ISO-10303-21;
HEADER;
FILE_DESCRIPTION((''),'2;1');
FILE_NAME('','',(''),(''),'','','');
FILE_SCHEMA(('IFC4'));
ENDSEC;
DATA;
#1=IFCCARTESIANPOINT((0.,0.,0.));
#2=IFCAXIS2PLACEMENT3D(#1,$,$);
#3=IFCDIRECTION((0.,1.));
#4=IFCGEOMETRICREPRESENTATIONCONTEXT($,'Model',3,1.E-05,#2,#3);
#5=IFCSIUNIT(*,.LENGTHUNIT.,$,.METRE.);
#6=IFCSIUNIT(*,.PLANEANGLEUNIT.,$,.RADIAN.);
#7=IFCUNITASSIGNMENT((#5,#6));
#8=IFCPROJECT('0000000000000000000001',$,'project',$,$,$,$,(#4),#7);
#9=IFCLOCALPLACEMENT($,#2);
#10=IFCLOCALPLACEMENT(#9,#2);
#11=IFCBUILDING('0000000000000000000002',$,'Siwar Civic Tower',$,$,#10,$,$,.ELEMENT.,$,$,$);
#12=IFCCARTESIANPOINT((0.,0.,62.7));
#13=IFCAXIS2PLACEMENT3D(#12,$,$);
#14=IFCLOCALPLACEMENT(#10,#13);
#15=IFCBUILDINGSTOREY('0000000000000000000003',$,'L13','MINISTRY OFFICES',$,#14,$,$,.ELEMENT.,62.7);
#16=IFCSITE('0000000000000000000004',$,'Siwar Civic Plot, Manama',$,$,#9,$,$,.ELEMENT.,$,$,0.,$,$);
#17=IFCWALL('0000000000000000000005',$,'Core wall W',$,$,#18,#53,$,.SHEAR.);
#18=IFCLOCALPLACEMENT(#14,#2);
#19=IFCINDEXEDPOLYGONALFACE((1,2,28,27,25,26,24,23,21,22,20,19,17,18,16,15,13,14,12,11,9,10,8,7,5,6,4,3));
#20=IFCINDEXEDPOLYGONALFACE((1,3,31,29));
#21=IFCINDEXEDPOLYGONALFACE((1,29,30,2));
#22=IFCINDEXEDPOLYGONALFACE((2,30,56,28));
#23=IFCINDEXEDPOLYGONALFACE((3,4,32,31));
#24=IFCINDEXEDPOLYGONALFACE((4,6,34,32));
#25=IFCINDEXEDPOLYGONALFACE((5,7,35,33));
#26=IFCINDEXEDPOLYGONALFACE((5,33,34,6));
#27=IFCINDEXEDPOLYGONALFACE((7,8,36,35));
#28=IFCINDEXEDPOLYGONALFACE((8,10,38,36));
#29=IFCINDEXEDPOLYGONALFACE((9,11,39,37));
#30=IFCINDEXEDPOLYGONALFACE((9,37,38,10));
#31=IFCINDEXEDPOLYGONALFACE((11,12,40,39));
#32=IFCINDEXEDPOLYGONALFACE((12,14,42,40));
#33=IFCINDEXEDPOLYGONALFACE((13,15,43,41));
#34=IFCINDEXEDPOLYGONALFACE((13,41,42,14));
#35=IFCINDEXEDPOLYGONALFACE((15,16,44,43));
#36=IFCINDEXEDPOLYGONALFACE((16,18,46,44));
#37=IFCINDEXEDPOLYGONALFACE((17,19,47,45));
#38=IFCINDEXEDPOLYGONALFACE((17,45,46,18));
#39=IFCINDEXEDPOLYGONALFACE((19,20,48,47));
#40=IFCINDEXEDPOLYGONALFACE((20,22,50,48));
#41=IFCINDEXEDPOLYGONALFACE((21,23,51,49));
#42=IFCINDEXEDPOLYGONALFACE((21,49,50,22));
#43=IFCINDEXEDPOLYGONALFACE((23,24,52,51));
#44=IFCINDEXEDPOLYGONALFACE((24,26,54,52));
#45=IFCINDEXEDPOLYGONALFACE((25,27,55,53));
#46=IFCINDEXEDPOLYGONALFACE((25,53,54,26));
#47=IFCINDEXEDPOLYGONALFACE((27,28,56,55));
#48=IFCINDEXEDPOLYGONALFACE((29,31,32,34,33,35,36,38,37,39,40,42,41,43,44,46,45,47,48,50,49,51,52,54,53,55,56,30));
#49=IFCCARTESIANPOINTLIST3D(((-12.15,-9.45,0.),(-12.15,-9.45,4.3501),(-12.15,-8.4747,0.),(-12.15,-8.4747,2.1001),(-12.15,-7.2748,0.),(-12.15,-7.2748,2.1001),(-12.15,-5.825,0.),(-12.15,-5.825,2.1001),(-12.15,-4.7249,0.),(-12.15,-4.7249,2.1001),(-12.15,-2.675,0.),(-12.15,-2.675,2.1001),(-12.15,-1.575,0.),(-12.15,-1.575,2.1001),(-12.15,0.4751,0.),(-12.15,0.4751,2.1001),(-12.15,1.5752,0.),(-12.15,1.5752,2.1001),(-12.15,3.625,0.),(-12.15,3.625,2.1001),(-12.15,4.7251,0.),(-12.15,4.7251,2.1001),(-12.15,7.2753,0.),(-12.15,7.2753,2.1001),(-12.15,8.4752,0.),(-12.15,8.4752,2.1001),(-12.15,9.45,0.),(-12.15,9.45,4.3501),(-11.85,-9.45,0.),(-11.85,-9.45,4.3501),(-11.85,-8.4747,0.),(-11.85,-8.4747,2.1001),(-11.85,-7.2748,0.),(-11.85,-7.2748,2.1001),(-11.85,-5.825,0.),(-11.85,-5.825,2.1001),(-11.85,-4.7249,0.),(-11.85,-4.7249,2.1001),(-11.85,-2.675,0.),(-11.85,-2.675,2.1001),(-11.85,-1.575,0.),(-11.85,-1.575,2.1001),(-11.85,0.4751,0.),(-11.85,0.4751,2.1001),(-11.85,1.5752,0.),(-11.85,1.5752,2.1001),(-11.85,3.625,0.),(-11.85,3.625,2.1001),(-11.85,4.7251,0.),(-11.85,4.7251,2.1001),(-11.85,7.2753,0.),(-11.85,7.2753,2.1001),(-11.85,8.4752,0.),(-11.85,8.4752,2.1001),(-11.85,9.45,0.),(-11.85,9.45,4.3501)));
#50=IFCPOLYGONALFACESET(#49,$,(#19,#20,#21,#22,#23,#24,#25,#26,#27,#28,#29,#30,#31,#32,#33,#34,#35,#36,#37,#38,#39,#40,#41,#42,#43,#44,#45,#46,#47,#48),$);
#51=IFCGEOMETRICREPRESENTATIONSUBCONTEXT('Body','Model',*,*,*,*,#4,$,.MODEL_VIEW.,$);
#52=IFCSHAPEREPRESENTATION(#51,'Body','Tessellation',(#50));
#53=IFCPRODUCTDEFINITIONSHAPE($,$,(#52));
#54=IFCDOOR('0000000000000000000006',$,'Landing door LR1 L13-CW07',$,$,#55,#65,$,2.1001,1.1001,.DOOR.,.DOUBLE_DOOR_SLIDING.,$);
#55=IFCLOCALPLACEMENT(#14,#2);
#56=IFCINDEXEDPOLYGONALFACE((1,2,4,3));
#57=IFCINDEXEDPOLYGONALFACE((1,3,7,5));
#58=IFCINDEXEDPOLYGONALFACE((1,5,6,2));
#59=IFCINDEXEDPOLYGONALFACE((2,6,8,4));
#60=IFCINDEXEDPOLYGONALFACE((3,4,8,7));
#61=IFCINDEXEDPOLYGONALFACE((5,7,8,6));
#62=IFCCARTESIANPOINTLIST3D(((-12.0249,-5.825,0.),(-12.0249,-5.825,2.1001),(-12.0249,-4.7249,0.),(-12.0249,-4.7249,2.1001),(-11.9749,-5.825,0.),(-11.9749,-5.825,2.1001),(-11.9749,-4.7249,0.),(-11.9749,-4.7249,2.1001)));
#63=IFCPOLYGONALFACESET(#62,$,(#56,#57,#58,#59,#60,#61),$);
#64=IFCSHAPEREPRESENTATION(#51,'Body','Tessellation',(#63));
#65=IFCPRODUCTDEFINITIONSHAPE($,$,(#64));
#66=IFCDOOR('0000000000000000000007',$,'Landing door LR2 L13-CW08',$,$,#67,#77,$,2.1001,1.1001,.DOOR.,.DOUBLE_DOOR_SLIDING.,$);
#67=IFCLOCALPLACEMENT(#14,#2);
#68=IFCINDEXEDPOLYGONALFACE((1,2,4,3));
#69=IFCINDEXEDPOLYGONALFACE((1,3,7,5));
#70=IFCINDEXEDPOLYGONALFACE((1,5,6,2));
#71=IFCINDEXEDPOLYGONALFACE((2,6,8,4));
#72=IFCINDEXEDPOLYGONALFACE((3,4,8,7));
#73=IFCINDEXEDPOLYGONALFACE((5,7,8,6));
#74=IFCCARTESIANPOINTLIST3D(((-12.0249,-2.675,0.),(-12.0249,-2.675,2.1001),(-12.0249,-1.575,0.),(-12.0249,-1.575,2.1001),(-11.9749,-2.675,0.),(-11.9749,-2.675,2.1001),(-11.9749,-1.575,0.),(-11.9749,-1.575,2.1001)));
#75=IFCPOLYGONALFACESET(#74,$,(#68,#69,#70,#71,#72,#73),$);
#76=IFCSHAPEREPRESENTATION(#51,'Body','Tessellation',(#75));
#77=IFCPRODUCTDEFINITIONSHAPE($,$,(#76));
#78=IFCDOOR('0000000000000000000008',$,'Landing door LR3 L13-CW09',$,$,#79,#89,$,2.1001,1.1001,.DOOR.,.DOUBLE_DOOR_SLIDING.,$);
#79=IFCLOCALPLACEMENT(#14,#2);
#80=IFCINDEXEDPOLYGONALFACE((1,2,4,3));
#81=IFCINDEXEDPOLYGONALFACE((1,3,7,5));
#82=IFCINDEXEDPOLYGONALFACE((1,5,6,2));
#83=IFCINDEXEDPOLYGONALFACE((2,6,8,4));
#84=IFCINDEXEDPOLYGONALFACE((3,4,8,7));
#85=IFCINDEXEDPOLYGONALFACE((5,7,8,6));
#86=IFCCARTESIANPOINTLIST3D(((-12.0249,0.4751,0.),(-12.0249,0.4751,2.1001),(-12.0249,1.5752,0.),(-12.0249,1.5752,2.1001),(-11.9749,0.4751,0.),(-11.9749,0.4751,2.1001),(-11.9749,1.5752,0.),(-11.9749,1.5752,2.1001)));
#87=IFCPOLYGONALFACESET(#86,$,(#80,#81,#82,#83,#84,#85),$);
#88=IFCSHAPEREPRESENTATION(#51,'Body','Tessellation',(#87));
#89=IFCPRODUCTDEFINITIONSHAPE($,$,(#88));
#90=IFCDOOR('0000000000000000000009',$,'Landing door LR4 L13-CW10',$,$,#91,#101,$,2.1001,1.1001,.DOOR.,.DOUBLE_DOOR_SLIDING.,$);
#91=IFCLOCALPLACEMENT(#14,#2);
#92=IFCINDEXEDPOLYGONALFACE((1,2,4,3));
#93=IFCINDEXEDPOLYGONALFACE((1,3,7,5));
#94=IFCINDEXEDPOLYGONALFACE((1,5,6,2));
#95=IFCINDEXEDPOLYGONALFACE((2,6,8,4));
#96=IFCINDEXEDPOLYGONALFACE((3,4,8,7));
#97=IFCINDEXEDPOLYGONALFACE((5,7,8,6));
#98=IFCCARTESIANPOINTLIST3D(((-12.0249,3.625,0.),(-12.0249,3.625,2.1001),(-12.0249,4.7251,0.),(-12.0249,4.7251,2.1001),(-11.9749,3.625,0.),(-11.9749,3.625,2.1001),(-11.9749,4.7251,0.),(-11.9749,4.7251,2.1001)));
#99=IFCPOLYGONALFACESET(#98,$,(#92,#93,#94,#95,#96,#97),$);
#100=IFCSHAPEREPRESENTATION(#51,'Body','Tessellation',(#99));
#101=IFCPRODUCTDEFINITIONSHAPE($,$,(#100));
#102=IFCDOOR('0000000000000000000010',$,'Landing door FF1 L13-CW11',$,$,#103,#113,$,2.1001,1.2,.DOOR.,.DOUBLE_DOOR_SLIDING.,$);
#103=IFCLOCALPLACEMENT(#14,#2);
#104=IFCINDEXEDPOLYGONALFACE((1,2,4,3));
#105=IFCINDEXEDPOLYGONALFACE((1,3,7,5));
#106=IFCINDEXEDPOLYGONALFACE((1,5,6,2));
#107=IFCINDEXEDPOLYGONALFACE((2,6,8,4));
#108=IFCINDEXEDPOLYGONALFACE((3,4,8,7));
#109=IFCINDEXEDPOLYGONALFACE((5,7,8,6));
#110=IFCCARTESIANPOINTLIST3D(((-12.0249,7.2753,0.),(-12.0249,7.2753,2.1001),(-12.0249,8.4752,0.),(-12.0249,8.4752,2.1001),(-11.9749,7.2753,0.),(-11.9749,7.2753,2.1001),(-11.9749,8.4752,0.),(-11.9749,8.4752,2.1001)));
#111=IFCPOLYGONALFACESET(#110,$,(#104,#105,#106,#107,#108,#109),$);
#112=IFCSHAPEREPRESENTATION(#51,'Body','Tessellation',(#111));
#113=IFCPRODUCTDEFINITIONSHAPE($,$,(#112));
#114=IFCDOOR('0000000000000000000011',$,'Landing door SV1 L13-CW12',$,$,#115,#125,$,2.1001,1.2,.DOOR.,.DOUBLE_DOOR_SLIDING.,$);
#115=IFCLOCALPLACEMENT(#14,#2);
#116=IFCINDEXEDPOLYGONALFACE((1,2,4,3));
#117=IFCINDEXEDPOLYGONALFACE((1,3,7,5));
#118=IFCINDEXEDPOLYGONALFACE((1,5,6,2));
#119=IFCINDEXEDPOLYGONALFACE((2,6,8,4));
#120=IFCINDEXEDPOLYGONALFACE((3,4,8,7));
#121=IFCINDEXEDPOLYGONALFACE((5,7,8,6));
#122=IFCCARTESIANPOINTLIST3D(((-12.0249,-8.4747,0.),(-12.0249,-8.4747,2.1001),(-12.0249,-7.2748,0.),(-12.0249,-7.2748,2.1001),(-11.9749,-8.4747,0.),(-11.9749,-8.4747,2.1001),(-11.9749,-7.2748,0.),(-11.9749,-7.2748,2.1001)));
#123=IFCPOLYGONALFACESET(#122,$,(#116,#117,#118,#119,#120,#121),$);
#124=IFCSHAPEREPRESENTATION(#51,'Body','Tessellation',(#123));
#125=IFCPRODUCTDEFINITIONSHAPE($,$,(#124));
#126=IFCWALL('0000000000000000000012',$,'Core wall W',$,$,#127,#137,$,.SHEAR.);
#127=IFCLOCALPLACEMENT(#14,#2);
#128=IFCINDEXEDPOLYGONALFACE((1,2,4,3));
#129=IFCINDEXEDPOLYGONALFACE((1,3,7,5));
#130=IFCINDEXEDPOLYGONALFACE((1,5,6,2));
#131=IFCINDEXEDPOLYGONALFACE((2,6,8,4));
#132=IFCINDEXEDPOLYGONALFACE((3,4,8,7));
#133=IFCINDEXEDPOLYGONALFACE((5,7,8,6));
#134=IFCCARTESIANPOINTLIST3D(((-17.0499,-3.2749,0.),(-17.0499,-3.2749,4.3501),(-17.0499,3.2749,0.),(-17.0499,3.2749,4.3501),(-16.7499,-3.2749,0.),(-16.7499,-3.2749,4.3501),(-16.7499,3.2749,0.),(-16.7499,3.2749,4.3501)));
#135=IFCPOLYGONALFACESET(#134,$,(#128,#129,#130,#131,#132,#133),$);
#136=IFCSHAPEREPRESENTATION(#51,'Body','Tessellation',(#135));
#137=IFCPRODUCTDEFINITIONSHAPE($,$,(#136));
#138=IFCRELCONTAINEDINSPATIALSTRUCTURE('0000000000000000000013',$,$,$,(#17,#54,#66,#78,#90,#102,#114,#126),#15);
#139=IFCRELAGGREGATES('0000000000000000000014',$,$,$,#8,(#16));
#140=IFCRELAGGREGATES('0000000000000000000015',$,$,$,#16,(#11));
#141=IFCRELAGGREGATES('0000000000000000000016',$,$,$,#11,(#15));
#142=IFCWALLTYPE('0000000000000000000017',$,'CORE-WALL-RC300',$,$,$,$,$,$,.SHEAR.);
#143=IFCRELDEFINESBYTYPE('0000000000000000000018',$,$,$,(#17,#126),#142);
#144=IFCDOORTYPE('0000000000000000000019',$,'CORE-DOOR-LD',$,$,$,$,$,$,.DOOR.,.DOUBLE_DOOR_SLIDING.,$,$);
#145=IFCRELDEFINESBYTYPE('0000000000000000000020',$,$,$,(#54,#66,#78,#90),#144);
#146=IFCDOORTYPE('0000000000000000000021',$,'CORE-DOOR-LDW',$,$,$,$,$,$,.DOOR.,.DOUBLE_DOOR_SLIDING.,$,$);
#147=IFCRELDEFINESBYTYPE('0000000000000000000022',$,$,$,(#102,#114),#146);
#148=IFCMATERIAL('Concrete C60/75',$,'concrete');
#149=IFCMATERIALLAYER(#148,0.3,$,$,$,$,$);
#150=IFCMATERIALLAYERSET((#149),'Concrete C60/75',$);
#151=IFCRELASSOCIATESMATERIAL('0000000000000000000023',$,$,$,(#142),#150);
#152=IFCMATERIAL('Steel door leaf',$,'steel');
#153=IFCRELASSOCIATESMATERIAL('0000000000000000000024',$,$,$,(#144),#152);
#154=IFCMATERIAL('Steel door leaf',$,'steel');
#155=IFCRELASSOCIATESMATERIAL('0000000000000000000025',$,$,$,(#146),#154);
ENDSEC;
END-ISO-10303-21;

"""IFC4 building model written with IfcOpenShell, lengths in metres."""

from ifc_helpers import new_model, si_unit, direction, frame, frame_2d, origin, place, context, subcontext, project, spatial, rectangle, extrude, material, layer, layer_set, type_object, element, fill, save


model = new_model("IFC4")

# Units and contexts
model_context = context("Model", 3, precision=1e-05, world=origin(), true_north=direction((0.0, 1.0)))
body_context = subcontext(model_context, "Body", "Model", "MODEL_VIEW")
ifc_project = project(units=[si_unit("LENGTHUNIT", "METRE"), si_unit("PLANEANGLEUNIT", "RADIAN")], contexts=[model_context])

# Site, building, storey
site_placement = place(None, origin())
site = spatial("IfcSite", under=ifc_project, at=site_placement, Name="Siwar Civic Plot, Manama", CompositionType="ELEMENT", RefElevation=0.0)
building_placement = place(site_placement, origin())
building = spatial("IfcBuilding", under=site, at=building_placement, Name="Siwar Civic Tower", CompositionType="ELEMENT")
storey_placement = place(building_placement, frame((0.0, 0.0, 62.7)))
storey = spatial("IfcBuildingStorey", under=building, at=storey_placement, Name="L13", Description="MINISTRY OFFICES", CompositionType="ELEMENT", Elevation=62.7)

# Wall, openings, doors
ifc_material_1 = material(Name="Concrete C60/75", Category="concrete")
ifc_layer_1 = layer(ifc_material_1, 0.3)
ifc_layer_set_1 = layer_set([ifc_layer_1], Name="Concrete C60/75")
wall_type_1 = type_object("IfcWallType", Name="CORE-WALL-RC300", PredefinedType="SHEAR", material=ifc_layer_set_1)
wall_1_placement = place(storey_placement, frame((-12.0, -9.45, 0.0), z_axis=(0.0, 0.0, 1.0), x_axis=(0.0, 1.0, 0.0)))
wall_1 = element("IfcWall", 1, at=wall_1_placement, inside=storey, type_object=wall_type_1, Name="Core wall W", PredefinedType="SHEAR", context=body_context, shape_type="SweptSolid", body=[
    extrude(rectangle(XDim=18.8999, YDim=0.3, at=frame_2d((9.45, 0.0))), origin(), (0.0, 0.0, 1.0), 4.3501),
])
opening_1_placement = place(wall_1_placement, frame((3.625, 0.0, 0.0)))
opening_1 = element("IfcOpeningElement", 2, at=opening_1_placement, cuts=wall_1, PredefinedType="OPENING", context=body_context, shape_type="SweptSolid", body=[
    extrude(rectangle(XDim=1.1001, YDim=2.1001, at=frame_2d((0.55, 1.05))), frame((0.0, 0.1602, 0.0), z_axis=(0.0, -1.0, 0.0), x_axis=(1.0, 0.0, 0.0)), (0.0, 0.0, 1.0), 0.3201),
])
opening_2_placement = place(wall_1_placement, frame((6.7749, 0.0, 0.0)))
opening_2 = element("IfcOpeningElement", 3, at=opening_2_placement, cuts=wall_1, PredefinedType="OPENING", context=body_context, shape_type="SweptSolid", body=[
    extrude(rectangle(XDim=1.1001, YDim=2.1001, at=frame_2d((0.55, 1.05))), frame((0.0, 0.1602, 0.0), z_axis=(0.0, -1.0, 0.0), x_axis=(1.0, 0.0, 0.0)), (0.0, 0.0, 1.0), 0.3201),
])
opening_3_placement = place(wall_1_placement, frame((9.925, 0.0, 0.0)))
opening_3 = element("IfcOpeningElement", 4, at=opening_3_placement, cuts=wall_1, PredefinedType="OPENING", context=body_context, shape_type="SweptSolid", body=[
    extrude(rectangle(XDim=1.1001, YDim=2.1001, at=frame_2d((0.55, 1.05))), frame((0.0, 0.1602, 0.0), z_axis=(0.0, -1.0, 0.0), x_axis=(1.0, 0.0, 0.0)), (0.0, 0.0, 1.0), 0.3201),
])
opening_4_placement = place(wall_1_placement, frame((13.075, 0.0, 0.0)))
opening_4 = element("IfcOpeningElement", 5, at=opening_4_placement, cuts=wall_1, PredefinedType="OPENING", context=body_context, shape_type="SweptSolid", body=[
    extrude(rectangle(XDim=1.1001, YDim=2.1001, at=frame_2d((0.55, 1.05))), frame((0.0, 0.1602, 0.0), z_axis=(0.0, -1.0, 0.0), x_axis=(1.0, 0.0, 0.0)), (0.0, 0.0, 1.0), 0.3201),
])
opening_5_placement = place(wall_1_placement, frame((16.7251, 0.0, 0.0)))
opening_5 = element("IfcOpeningElement", 6, at=opening_5_placement, cuts=wall_1, PredefinedType="OPENING", context=body_context, shape_type="SweptSolid", body=[
    extrude(rectangle(XDim=1.2, YDim=2.1001, at=frame_2d((0.6001, 1.05))), frame((0.0, 0.1602, 0.0), z_axis=(0.0, -1.0, 0.0), x_axis=(1.0, 0.0, 0.0)), (0.0, 0.0, 1.0), 0.3201),
])
opening_6_placement = place(wall_1_placement, frame((0.9751, 0.0, 0.0)))
opening_6 = element("IfcOpeningElement", 7, at=opening_6_placement, cuts=wall_1, PredefinedType="OPENING", context=body_context, shape_type="SweptSolid", body=[
    extrude(rectangle(XDim=1.2, YDim=2.1001, at=frame_2d((0.6001, 1.05))), frame((0.0, 0.1602, 0.0), z_axis=(0.0, -1.0, 0.0), x_axis=(1.0, 0.0, 0.0)), (0.0, 0.0, 1.0), 0.3201),
])
ifc_material_2 = material(Name="Steel door leaf", Category="steel")
door_type_1 = type_object("IfcDoorType", Name="CORE-DOOR-LD", OperationType="DOUBLE_DOOR_SLIDING", PredefinedType="DOOR", material=ifc_material_2)
door_1_placement = place(opening_1_placement, origin())
door_1 = element("IfcDoor", 8, at=door_1_placement, inside=storey, type_object=door_type_1, Name="Landing door LR1 L13-CW07", OperationType="DOUBLE_DOOR_SLIDING", OverallHeight=2.1001, OverallWidth=1.1001, PredefinedType="DOOR", context=body_context, shape_type="SweptSolid", body=[
    extrude(rectangle(XDim=1.1001, YDim=2.1001, at=frame_2d((0.55, 1.05))), frame((0.0, 0.0249, 0.0), z_axis=(0.0, -1.0, 0.0), x_axis=(1.0, 0.0, 0.0)), (0.0, 0.0, 1.0), 0.05),
])
fill(opening_1, door_1)
door_2_placement = place(opening_2_placement, origin())
door_2 = element("IfcDoor", 9, at=door_2_placement, inside=storey, type_object=door_type_1, Name="Landing door LR2 L13-CW08", OperationType="DOUBLE_DOOR_SLIDING", OverallHeight=2.1001, OverallWidth=1.1001, PredefinedType="DOOR", context=body_context, shape_type="SweptSolid", body=[
    extrude(rectangle(XDim=1.1001, YDim=2.1001, at=frame_2d((0.55, 1.05))), frame((0.0, 0.0249, 0.0), z_axis=(0.0, -1.0, 0.0), x_axis=(1.0, 0.0, 0.0)), (0.0, 0.0, 1.0), 0.05),
])
fill(opening_2, door_2)
door_3_placement = place(opening_3_placement, origin())
door_3 = element("IfcDoor", 10, at=door_3_placement, inside=storey, type_object=door_type_1, Name="Landing door LR3 L13-CW09", OperationType="DOUBLE_DOOR_SLIDING", OverallHeight=2.1001, OverallWidth=1.1001, PredefinedType="DOOR", context=body_context, shape_type="SweptSolid", body=[
    extrude(rectangle(XDim=1.1001, YDim=2.1001, at=frame_2d((0.55, 1.05))), frame((0.0, 0.0249, 0.0), z_axis=(0.0, -1.0, 0.0), x_axis=(1.0, 0.0, 0.0)), (0.0, 0.0, 1.0), 0.05),
])
fill(opening_3, door_3)
door_4_placement = place(opening_4_placement, origin())
door_4 = element("IfcDoor", 11, at=door_4_placement, inside=storey, type_object=door_type_1, Name="Landing door LR4 L13-CW10", OperationType="DOUBLE_DOOR_SLIDING", OverallHeight=2.1001, OverallWidth=1.1001, PredefinedType="DOOR", context=body_context, shape_type="SweptSolid", body=[
    extrude(rectangle(XDim=1.1001, YDim=2.1001, at=frame_2d((0.55, 1.05))), frame((0.0, 0.0249, 0.0), z_axis=(0.0, -1.0, 0.0), x_axis=(1.0, 0.0, 0.0)), (0.0, 0.0, 1.0), 0.05),
])
fill(opening_4, door_4)
ifc_material_3 = material(Name="Steel door leaf", Category="steel")
door_type_2 = type_object("IfcDoorType", Name="CORE-DOOR-LDW", OperationType="DOUBLE_DOOR_SLIDING", PredefinedType="DOOR", material=ifc_material_3)
door_5_placement = place(opening_5_placement, origin())
door_5 = element("IfcDoor", 12, at=door_5_placement, inside=storey, type_object=door_type_2, Name="Landing door FF1 L13-CW11", OperationType="DOUBLE_DOOR_SLIDING", OverallHeight=2.1001, OverallWidth=1.2, PredefinedType="DOOR", context=body_context, shape_type="SweptSolid", body=[
    extrude(rectangle(XDim=1.2, YDim=2.1001, at=frame_2d((0.6001, 1.05))), frame((0.0, 0.0249, 0.0), z_axis=(0.0, -1.0, 0.0), x_axis=(1.0, 0.0, 0.0)), (0.0, 0.0, 1.0), 0.05),
])
fill(opening_5, door_5)
door_6_placement = place(opening_6_placement, origin())
door_6 = element("IfcDoor", 13, at=door_6_placement, inside=storey, type_object=door_type_2, Name="Landing door SV1 L13-CW12", OperationType="DOUBLE_DOOR_SLIDING", OverallHeight=2.1001, OverallWidth=1.2, PredefinedType="DOOR", context=body_context, shape_type="SweptSolid", body=[
    extrude(rectangle(XDim=1.2, YDim=2.1001, at=frame_2d((0.6001, 1.05))), frame((0.0, 0.0249, 0.0), z_axis=(0.0, -1.0, 0.0), x_axis=(1.0, 0.0, 0.0)), (0.0, 0.0, 1.0), 0.05),
])
fill(opening_6, door_6)

# Wall
wall_2_placement = place(storey_placement, frame((-16.8999, -3.2749, 0.0), z_axis=(0.0, 0.0, 1.0), x_axis=(0.0, 1.0, 0.0)))
element("IfcWall", 14, at=wall_2_placement, inside=storey, type_object=wall_type_1, Name="Core wall W", PredefinedType="SHEAR", context=body_context, shape_type="SweptSolid", body=[
    extrude(rectangle(XDim=6.5498, YDim=0.3, at=frame_2d((3.2749, 0.0))), origin(), (0.0, 0.0, 1.0), 4.3501),
])

save(model, "model.ifc")
